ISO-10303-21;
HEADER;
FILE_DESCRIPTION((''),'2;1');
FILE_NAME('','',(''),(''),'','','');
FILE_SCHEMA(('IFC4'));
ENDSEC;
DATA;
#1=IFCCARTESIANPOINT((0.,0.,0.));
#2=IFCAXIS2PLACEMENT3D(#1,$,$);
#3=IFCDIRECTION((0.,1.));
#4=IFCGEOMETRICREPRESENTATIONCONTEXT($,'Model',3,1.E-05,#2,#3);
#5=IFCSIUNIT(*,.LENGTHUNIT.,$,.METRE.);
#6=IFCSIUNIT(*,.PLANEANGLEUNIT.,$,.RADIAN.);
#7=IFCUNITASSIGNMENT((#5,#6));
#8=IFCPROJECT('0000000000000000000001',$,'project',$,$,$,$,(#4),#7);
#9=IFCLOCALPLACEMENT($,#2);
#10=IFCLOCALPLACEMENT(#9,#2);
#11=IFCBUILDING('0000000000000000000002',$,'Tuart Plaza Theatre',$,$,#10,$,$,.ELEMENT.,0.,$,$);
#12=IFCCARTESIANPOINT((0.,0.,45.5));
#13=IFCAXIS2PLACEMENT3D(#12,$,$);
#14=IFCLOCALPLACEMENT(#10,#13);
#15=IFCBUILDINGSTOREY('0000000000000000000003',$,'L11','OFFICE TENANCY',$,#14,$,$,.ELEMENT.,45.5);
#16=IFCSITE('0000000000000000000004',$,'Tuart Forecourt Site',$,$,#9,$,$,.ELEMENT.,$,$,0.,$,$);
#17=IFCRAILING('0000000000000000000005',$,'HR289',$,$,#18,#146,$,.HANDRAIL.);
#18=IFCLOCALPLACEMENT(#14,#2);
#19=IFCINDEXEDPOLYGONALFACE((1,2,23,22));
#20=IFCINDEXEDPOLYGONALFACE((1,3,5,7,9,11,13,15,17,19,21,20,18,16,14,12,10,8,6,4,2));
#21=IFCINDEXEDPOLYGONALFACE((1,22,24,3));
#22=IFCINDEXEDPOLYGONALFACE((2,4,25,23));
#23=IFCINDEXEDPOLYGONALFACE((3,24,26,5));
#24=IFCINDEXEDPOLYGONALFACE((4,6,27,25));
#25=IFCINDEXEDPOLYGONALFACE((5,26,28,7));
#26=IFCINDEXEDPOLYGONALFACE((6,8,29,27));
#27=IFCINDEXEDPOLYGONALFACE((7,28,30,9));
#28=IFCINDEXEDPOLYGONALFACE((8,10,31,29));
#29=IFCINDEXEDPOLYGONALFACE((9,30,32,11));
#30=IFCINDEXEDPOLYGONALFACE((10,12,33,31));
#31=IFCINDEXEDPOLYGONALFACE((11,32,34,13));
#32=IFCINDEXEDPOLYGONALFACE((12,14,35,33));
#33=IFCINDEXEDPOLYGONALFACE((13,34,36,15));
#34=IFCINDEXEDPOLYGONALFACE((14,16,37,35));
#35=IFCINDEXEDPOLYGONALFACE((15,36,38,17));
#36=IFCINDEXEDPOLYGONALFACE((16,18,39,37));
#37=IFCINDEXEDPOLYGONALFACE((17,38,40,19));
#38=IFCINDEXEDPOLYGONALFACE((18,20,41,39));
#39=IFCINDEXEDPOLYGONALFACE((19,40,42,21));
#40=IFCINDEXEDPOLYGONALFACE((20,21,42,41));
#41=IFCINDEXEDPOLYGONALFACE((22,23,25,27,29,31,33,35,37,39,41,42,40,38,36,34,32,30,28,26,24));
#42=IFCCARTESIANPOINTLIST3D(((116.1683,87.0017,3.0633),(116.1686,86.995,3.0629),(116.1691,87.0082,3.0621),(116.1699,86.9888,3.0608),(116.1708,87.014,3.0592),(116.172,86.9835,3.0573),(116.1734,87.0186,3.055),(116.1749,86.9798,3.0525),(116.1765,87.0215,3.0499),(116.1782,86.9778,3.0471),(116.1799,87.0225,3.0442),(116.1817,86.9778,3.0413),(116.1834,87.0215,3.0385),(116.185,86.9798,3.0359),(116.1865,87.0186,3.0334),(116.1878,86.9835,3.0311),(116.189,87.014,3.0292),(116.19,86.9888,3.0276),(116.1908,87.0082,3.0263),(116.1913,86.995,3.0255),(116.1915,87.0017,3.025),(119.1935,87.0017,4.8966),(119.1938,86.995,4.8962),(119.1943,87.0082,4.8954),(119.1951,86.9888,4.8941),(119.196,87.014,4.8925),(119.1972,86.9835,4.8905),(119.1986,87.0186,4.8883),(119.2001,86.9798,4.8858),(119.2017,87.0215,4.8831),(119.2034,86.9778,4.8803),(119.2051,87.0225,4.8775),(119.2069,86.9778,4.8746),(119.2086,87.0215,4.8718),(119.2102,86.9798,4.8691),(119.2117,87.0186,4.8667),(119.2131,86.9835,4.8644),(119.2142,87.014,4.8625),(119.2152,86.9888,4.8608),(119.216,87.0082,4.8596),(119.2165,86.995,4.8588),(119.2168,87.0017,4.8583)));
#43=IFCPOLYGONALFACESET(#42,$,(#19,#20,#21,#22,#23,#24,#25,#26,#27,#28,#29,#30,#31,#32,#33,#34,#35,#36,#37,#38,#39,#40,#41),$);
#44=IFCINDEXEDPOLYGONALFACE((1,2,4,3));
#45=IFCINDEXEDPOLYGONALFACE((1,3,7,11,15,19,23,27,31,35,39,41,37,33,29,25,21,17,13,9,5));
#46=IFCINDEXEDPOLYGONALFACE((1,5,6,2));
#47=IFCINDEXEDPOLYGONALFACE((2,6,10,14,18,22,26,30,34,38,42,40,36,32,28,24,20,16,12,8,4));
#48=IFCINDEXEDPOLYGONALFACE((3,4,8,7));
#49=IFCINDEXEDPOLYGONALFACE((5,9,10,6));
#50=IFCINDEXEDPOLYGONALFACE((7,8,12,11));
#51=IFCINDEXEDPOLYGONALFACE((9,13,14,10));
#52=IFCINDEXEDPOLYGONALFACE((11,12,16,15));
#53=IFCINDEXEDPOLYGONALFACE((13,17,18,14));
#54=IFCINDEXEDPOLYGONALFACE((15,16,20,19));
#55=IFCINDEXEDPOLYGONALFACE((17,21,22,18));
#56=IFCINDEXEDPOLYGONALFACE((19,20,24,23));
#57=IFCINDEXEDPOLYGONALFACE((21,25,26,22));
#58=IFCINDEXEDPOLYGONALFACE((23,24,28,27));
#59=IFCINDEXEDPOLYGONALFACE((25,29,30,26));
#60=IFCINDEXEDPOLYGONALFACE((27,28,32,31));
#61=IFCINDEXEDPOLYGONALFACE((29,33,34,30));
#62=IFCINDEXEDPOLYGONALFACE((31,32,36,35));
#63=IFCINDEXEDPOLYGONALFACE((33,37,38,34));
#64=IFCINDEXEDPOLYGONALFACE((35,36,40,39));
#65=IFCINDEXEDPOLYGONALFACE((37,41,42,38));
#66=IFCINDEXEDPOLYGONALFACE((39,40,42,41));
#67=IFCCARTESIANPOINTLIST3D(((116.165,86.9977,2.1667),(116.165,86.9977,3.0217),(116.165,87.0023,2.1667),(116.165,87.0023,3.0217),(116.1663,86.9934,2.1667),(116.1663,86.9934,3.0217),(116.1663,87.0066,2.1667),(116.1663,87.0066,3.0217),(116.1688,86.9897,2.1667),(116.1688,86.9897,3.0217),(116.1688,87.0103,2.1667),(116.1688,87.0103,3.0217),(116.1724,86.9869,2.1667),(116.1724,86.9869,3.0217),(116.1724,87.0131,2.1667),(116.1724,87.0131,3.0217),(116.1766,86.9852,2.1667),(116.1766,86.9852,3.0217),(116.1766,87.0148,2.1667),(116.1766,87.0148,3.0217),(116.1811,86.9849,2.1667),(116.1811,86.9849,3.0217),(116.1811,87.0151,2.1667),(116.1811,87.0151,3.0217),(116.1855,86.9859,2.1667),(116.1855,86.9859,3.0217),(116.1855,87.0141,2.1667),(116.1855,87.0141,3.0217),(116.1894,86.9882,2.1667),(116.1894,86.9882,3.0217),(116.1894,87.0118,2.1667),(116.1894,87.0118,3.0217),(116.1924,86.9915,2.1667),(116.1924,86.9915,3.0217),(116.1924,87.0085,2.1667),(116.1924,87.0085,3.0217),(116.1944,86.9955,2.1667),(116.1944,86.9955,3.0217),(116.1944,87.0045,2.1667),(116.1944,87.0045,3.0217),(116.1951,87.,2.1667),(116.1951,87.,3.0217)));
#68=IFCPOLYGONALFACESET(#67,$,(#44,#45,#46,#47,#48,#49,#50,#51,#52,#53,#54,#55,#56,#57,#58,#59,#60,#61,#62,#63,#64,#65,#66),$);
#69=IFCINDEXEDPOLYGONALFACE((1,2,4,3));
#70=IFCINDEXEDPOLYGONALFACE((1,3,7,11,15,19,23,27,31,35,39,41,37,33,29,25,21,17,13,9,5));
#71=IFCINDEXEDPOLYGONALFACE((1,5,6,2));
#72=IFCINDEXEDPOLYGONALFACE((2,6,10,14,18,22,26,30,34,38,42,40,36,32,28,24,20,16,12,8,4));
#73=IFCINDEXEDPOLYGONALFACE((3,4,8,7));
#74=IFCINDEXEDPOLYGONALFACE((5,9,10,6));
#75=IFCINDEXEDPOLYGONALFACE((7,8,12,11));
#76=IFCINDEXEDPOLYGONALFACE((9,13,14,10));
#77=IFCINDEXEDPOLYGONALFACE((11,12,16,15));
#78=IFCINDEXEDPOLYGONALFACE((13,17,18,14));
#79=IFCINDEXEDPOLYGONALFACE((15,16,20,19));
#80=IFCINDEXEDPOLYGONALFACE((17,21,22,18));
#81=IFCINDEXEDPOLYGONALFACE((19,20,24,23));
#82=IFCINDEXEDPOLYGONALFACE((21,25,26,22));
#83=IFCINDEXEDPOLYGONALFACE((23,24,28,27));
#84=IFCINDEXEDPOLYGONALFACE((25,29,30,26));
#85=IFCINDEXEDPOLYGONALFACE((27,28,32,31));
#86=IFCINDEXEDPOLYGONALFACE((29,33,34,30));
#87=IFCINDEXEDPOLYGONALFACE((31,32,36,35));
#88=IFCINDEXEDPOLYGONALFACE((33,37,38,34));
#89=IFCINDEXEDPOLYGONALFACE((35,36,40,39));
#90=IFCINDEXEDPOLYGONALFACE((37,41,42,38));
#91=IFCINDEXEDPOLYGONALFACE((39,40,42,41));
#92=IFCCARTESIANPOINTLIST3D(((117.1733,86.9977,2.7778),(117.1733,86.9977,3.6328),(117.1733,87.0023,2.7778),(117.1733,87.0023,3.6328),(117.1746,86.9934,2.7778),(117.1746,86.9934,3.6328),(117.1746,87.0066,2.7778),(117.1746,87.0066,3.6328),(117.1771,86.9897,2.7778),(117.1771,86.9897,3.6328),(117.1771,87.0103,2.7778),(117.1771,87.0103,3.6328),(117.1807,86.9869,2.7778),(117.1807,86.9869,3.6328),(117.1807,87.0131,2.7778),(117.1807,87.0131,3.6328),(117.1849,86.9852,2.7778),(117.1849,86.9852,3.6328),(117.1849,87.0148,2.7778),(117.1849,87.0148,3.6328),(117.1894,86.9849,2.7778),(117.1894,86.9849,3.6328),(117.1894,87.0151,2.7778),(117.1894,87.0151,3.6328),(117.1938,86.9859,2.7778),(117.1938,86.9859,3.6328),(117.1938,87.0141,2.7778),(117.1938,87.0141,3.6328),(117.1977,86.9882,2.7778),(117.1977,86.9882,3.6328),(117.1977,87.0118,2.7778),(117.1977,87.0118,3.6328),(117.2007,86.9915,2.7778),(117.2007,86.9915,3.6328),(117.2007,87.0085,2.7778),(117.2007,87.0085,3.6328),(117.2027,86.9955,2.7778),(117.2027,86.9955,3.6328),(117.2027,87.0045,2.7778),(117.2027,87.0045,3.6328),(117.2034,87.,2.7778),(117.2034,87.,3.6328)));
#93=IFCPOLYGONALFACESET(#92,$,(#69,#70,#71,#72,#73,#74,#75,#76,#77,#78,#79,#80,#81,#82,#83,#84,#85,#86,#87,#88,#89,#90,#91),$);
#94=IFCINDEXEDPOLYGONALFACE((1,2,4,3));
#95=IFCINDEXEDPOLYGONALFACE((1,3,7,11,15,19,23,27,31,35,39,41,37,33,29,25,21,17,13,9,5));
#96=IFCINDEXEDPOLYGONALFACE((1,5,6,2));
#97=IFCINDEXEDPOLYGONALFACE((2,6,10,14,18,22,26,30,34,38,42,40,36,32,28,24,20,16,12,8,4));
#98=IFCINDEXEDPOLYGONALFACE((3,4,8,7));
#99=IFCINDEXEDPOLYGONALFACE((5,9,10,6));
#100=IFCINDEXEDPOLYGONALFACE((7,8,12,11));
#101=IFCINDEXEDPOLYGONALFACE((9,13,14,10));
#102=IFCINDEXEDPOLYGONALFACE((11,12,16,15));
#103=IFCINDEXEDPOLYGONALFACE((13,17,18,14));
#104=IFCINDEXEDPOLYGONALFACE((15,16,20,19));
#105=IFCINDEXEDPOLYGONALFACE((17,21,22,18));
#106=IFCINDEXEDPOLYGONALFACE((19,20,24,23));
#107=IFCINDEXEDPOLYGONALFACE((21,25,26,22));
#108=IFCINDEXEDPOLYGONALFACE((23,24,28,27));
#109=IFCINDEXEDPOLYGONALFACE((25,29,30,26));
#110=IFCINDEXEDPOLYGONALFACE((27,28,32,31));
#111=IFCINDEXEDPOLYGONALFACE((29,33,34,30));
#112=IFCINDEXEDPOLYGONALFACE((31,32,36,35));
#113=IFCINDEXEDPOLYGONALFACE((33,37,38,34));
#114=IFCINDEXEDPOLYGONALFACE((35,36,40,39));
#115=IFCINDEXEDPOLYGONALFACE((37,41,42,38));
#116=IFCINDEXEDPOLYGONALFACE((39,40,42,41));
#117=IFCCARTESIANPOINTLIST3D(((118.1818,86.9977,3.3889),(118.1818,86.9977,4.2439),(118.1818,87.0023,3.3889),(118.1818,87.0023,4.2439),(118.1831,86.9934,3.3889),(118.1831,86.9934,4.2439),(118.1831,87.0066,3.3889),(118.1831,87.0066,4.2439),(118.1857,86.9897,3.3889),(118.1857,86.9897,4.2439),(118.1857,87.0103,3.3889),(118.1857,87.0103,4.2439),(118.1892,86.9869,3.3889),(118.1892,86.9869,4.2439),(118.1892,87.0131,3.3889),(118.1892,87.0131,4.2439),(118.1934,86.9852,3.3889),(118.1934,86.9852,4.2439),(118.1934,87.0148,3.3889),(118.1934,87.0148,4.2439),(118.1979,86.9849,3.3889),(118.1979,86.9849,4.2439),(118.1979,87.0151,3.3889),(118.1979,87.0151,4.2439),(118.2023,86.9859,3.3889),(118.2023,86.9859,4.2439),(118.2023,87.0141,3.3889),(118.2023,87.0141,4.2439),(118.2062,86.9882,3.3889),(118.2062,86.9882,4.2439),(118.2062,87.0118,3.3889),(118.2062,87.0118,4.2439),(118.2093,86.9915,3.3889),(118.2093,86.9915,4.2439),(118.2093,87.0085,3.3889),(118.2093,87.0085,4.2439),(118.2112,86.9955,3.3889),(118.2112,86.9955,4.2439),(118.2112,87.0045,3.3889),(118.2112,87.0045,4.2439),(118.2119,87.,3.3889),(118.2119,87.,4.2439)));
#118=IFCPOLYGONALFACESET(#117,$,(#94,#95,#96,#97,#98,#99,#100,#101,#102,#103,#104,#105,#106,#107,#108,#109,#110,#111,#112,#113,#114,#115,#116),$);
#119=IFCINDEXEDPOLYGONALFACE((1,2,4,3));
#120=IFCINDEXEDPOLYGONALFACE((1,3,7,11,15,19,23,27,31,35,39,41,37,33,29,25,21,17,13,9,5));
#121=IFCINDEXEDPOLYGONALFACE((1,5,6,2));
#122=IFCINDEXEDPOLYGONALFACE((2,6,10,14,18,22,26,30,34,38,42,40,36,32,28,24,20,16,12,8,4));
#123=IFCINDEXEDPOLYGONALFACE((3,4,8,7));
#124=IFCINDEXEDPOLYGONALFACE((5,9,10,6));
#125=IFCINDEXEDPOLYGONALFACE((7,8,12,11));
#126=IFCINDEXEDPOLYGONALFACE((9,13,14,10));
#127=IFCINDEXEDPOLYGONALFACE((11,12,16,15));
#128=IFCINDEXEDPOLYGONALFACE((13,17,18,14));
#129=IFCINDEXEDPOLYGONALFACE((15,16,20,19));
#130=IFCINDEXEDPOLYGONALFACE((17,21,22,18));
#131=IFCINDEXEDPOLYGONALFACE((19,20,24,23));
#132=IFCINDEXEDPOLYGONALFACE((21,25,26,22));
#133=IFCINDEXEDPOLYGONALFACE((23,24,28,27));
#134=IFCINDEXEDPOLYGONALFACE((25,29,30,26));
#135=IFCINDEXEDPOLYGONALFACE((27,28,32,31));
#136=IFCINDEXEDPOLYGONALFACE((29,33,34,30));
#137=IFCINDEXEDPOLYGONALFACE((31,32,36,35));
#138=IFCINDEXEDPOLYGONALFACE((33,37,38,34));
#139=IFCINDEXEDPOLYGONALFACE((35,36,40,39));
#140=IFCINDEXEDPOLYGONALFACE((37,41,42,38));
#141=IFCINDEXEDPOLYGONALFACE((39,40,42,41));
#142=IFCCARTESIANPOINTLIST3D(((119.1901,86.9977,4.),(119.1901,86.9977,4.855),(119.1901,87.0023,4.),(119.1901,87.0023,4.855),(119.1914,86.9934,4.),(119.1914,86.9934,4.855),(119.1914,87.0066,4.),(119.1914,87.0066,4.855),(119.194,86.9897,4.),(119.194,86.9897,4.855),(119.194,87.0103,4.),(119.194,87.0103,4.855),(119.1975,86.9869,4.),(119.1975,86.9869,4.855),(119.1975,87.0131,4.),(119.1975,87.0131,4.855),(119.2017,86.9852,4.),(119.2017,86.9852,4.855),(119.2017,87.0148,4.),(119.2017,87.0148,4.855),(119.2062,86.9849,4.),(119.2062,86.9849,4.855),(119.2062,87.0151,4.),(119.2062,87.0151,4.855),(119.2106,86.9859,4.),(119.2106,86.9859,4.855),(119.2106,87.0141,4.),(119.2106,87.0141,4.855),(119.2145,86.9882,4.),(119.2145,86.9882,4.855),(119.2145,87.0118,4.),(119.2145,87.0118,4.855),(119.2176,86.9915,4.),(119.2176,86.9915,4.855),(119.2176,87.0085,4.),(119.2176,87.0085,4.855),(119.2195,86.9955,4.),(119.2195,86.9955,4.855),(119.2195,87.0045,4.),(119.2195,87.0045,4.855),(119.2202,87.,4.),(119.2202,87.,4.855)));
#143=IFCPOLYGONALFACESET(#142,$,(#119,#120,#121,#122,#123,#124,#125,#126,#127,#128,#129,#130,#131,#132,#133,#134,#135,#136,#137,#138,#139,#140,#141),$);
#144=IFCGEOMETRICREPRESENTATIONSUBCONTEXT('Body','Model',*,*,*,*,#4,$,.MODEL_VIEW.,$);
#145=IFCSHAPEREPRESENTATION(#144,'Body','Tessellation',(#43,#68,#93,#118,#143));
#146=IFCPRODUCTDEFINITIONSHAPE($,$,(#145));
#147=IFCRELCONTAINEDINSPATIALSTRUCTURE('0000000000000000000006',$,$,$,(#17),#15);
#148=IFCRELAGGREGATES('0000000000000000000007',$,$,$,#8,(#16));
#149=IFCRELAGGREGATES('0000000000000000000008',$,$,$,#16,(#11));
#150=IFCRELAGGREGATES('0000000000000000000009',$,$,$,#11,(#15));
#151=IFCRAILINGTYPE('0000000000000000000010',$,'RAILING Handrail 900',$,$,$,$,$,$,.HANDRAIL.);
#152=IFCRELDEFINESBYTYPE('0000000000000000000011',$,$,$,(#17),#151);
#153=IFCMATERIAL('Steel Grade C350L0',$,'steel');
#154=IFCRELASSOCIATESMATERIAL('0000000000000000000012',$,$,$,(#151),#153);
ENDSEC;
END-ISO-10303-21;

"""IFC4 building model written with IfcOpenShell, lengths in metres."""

from ifc_helpers import new_model, si_unit, direction, frame, origin, origin_2d, place, context, subcontext, project, spatial, circle, extrude, material, type_object, element, save


model = new_model("IFC4")

# Units and contexts
model_context = context("Model", 3, precision=1e-05, world=origin(), true_north=direction((0.0, 1.0)))
body_context = subcontext(model_context, "Body", "Model", "MODEL_VIEW")
ifc_project = project(units=[si_unit("LENGTHUNIT", "METRE"), si_unit("PLANEANGLEUNIT", "RADIAN")], contexts=[model_context])

# Site, building, storey
site_placement = place(None, origin())
site = spatial("IfcSite", under=ifc_project, at=site_placement, Name="Tuart Forecourt Site", CompositionType="ELEMENT", RefElevation=0.0)
building_placement = place(site_placement, origin())
building = spatial("IfcBuilding", under=site, at=building_placement, Name="Tuart Plaza Theatre", CompositionType="ELEMENT", ElevationOfRefHeight=0.0)
storey_placement = place(building_placement, frame((0.0, 0.0, 45.5)))
storey = spatial("IfcBuildingStorey", under=building, at=storey_placement, Name="L11", Description="OFFICE TENANCY", CompositionType="ELEMENT", Elevation=45.5)

# Railing
ifc_material_1 = material(Name="Steel Grade C350L0", Category="steel")
railing_type_1 = type_object("IfcRailingType", Name="RAILING Handrail 900", PredefinedType="HANDRAIL", material=ifc_material_1)
for number, where, name in (
    (1, (116.1799, 87.0, 2.1667), "HR289"),
):
    element("IfcRailing", number, at=place(storey_placement, frame(where)), inside=storey, type_object=railing_type_1, Name=name, PredefinedType="HANDRAIL", context=body_context, shape_type="SweptSolid", body=[
        extrude(circle(Radius=0.0225, at=origin_2d()), frame((0.0, 0.0, 0.8774), z_axis=(0.855219, 0.0, 0.518267), x_axis=(0.0, 1.0, 0.0)), (0.0, 0.0, 1.0), 3.5374),
        extrude(circle(Radius=0.0151, at=origin_2d()), origin(), (0.0, 0.0, 1.0), 0.855),
        extrude(circle(Radius=0.0151, at=origin_2d()), frame((1.0083, 0.0, 0.6111)), (0.0, 0.0, 1.0), 0.855),
        extrude(circle(Radius=0.0151, at=origin_2d()), frame((2.0168, 0.0, 1.2222)), (0.0, 0.0, 1.0), 0.855),
        extrude(circle(Radius=0.0151, at=origin_2d()), frame((3.0251, 0.0, 1.8333)), (0.0, 0.0, 1.0), 0.855),
    ])

save(model, "model.ifc")
